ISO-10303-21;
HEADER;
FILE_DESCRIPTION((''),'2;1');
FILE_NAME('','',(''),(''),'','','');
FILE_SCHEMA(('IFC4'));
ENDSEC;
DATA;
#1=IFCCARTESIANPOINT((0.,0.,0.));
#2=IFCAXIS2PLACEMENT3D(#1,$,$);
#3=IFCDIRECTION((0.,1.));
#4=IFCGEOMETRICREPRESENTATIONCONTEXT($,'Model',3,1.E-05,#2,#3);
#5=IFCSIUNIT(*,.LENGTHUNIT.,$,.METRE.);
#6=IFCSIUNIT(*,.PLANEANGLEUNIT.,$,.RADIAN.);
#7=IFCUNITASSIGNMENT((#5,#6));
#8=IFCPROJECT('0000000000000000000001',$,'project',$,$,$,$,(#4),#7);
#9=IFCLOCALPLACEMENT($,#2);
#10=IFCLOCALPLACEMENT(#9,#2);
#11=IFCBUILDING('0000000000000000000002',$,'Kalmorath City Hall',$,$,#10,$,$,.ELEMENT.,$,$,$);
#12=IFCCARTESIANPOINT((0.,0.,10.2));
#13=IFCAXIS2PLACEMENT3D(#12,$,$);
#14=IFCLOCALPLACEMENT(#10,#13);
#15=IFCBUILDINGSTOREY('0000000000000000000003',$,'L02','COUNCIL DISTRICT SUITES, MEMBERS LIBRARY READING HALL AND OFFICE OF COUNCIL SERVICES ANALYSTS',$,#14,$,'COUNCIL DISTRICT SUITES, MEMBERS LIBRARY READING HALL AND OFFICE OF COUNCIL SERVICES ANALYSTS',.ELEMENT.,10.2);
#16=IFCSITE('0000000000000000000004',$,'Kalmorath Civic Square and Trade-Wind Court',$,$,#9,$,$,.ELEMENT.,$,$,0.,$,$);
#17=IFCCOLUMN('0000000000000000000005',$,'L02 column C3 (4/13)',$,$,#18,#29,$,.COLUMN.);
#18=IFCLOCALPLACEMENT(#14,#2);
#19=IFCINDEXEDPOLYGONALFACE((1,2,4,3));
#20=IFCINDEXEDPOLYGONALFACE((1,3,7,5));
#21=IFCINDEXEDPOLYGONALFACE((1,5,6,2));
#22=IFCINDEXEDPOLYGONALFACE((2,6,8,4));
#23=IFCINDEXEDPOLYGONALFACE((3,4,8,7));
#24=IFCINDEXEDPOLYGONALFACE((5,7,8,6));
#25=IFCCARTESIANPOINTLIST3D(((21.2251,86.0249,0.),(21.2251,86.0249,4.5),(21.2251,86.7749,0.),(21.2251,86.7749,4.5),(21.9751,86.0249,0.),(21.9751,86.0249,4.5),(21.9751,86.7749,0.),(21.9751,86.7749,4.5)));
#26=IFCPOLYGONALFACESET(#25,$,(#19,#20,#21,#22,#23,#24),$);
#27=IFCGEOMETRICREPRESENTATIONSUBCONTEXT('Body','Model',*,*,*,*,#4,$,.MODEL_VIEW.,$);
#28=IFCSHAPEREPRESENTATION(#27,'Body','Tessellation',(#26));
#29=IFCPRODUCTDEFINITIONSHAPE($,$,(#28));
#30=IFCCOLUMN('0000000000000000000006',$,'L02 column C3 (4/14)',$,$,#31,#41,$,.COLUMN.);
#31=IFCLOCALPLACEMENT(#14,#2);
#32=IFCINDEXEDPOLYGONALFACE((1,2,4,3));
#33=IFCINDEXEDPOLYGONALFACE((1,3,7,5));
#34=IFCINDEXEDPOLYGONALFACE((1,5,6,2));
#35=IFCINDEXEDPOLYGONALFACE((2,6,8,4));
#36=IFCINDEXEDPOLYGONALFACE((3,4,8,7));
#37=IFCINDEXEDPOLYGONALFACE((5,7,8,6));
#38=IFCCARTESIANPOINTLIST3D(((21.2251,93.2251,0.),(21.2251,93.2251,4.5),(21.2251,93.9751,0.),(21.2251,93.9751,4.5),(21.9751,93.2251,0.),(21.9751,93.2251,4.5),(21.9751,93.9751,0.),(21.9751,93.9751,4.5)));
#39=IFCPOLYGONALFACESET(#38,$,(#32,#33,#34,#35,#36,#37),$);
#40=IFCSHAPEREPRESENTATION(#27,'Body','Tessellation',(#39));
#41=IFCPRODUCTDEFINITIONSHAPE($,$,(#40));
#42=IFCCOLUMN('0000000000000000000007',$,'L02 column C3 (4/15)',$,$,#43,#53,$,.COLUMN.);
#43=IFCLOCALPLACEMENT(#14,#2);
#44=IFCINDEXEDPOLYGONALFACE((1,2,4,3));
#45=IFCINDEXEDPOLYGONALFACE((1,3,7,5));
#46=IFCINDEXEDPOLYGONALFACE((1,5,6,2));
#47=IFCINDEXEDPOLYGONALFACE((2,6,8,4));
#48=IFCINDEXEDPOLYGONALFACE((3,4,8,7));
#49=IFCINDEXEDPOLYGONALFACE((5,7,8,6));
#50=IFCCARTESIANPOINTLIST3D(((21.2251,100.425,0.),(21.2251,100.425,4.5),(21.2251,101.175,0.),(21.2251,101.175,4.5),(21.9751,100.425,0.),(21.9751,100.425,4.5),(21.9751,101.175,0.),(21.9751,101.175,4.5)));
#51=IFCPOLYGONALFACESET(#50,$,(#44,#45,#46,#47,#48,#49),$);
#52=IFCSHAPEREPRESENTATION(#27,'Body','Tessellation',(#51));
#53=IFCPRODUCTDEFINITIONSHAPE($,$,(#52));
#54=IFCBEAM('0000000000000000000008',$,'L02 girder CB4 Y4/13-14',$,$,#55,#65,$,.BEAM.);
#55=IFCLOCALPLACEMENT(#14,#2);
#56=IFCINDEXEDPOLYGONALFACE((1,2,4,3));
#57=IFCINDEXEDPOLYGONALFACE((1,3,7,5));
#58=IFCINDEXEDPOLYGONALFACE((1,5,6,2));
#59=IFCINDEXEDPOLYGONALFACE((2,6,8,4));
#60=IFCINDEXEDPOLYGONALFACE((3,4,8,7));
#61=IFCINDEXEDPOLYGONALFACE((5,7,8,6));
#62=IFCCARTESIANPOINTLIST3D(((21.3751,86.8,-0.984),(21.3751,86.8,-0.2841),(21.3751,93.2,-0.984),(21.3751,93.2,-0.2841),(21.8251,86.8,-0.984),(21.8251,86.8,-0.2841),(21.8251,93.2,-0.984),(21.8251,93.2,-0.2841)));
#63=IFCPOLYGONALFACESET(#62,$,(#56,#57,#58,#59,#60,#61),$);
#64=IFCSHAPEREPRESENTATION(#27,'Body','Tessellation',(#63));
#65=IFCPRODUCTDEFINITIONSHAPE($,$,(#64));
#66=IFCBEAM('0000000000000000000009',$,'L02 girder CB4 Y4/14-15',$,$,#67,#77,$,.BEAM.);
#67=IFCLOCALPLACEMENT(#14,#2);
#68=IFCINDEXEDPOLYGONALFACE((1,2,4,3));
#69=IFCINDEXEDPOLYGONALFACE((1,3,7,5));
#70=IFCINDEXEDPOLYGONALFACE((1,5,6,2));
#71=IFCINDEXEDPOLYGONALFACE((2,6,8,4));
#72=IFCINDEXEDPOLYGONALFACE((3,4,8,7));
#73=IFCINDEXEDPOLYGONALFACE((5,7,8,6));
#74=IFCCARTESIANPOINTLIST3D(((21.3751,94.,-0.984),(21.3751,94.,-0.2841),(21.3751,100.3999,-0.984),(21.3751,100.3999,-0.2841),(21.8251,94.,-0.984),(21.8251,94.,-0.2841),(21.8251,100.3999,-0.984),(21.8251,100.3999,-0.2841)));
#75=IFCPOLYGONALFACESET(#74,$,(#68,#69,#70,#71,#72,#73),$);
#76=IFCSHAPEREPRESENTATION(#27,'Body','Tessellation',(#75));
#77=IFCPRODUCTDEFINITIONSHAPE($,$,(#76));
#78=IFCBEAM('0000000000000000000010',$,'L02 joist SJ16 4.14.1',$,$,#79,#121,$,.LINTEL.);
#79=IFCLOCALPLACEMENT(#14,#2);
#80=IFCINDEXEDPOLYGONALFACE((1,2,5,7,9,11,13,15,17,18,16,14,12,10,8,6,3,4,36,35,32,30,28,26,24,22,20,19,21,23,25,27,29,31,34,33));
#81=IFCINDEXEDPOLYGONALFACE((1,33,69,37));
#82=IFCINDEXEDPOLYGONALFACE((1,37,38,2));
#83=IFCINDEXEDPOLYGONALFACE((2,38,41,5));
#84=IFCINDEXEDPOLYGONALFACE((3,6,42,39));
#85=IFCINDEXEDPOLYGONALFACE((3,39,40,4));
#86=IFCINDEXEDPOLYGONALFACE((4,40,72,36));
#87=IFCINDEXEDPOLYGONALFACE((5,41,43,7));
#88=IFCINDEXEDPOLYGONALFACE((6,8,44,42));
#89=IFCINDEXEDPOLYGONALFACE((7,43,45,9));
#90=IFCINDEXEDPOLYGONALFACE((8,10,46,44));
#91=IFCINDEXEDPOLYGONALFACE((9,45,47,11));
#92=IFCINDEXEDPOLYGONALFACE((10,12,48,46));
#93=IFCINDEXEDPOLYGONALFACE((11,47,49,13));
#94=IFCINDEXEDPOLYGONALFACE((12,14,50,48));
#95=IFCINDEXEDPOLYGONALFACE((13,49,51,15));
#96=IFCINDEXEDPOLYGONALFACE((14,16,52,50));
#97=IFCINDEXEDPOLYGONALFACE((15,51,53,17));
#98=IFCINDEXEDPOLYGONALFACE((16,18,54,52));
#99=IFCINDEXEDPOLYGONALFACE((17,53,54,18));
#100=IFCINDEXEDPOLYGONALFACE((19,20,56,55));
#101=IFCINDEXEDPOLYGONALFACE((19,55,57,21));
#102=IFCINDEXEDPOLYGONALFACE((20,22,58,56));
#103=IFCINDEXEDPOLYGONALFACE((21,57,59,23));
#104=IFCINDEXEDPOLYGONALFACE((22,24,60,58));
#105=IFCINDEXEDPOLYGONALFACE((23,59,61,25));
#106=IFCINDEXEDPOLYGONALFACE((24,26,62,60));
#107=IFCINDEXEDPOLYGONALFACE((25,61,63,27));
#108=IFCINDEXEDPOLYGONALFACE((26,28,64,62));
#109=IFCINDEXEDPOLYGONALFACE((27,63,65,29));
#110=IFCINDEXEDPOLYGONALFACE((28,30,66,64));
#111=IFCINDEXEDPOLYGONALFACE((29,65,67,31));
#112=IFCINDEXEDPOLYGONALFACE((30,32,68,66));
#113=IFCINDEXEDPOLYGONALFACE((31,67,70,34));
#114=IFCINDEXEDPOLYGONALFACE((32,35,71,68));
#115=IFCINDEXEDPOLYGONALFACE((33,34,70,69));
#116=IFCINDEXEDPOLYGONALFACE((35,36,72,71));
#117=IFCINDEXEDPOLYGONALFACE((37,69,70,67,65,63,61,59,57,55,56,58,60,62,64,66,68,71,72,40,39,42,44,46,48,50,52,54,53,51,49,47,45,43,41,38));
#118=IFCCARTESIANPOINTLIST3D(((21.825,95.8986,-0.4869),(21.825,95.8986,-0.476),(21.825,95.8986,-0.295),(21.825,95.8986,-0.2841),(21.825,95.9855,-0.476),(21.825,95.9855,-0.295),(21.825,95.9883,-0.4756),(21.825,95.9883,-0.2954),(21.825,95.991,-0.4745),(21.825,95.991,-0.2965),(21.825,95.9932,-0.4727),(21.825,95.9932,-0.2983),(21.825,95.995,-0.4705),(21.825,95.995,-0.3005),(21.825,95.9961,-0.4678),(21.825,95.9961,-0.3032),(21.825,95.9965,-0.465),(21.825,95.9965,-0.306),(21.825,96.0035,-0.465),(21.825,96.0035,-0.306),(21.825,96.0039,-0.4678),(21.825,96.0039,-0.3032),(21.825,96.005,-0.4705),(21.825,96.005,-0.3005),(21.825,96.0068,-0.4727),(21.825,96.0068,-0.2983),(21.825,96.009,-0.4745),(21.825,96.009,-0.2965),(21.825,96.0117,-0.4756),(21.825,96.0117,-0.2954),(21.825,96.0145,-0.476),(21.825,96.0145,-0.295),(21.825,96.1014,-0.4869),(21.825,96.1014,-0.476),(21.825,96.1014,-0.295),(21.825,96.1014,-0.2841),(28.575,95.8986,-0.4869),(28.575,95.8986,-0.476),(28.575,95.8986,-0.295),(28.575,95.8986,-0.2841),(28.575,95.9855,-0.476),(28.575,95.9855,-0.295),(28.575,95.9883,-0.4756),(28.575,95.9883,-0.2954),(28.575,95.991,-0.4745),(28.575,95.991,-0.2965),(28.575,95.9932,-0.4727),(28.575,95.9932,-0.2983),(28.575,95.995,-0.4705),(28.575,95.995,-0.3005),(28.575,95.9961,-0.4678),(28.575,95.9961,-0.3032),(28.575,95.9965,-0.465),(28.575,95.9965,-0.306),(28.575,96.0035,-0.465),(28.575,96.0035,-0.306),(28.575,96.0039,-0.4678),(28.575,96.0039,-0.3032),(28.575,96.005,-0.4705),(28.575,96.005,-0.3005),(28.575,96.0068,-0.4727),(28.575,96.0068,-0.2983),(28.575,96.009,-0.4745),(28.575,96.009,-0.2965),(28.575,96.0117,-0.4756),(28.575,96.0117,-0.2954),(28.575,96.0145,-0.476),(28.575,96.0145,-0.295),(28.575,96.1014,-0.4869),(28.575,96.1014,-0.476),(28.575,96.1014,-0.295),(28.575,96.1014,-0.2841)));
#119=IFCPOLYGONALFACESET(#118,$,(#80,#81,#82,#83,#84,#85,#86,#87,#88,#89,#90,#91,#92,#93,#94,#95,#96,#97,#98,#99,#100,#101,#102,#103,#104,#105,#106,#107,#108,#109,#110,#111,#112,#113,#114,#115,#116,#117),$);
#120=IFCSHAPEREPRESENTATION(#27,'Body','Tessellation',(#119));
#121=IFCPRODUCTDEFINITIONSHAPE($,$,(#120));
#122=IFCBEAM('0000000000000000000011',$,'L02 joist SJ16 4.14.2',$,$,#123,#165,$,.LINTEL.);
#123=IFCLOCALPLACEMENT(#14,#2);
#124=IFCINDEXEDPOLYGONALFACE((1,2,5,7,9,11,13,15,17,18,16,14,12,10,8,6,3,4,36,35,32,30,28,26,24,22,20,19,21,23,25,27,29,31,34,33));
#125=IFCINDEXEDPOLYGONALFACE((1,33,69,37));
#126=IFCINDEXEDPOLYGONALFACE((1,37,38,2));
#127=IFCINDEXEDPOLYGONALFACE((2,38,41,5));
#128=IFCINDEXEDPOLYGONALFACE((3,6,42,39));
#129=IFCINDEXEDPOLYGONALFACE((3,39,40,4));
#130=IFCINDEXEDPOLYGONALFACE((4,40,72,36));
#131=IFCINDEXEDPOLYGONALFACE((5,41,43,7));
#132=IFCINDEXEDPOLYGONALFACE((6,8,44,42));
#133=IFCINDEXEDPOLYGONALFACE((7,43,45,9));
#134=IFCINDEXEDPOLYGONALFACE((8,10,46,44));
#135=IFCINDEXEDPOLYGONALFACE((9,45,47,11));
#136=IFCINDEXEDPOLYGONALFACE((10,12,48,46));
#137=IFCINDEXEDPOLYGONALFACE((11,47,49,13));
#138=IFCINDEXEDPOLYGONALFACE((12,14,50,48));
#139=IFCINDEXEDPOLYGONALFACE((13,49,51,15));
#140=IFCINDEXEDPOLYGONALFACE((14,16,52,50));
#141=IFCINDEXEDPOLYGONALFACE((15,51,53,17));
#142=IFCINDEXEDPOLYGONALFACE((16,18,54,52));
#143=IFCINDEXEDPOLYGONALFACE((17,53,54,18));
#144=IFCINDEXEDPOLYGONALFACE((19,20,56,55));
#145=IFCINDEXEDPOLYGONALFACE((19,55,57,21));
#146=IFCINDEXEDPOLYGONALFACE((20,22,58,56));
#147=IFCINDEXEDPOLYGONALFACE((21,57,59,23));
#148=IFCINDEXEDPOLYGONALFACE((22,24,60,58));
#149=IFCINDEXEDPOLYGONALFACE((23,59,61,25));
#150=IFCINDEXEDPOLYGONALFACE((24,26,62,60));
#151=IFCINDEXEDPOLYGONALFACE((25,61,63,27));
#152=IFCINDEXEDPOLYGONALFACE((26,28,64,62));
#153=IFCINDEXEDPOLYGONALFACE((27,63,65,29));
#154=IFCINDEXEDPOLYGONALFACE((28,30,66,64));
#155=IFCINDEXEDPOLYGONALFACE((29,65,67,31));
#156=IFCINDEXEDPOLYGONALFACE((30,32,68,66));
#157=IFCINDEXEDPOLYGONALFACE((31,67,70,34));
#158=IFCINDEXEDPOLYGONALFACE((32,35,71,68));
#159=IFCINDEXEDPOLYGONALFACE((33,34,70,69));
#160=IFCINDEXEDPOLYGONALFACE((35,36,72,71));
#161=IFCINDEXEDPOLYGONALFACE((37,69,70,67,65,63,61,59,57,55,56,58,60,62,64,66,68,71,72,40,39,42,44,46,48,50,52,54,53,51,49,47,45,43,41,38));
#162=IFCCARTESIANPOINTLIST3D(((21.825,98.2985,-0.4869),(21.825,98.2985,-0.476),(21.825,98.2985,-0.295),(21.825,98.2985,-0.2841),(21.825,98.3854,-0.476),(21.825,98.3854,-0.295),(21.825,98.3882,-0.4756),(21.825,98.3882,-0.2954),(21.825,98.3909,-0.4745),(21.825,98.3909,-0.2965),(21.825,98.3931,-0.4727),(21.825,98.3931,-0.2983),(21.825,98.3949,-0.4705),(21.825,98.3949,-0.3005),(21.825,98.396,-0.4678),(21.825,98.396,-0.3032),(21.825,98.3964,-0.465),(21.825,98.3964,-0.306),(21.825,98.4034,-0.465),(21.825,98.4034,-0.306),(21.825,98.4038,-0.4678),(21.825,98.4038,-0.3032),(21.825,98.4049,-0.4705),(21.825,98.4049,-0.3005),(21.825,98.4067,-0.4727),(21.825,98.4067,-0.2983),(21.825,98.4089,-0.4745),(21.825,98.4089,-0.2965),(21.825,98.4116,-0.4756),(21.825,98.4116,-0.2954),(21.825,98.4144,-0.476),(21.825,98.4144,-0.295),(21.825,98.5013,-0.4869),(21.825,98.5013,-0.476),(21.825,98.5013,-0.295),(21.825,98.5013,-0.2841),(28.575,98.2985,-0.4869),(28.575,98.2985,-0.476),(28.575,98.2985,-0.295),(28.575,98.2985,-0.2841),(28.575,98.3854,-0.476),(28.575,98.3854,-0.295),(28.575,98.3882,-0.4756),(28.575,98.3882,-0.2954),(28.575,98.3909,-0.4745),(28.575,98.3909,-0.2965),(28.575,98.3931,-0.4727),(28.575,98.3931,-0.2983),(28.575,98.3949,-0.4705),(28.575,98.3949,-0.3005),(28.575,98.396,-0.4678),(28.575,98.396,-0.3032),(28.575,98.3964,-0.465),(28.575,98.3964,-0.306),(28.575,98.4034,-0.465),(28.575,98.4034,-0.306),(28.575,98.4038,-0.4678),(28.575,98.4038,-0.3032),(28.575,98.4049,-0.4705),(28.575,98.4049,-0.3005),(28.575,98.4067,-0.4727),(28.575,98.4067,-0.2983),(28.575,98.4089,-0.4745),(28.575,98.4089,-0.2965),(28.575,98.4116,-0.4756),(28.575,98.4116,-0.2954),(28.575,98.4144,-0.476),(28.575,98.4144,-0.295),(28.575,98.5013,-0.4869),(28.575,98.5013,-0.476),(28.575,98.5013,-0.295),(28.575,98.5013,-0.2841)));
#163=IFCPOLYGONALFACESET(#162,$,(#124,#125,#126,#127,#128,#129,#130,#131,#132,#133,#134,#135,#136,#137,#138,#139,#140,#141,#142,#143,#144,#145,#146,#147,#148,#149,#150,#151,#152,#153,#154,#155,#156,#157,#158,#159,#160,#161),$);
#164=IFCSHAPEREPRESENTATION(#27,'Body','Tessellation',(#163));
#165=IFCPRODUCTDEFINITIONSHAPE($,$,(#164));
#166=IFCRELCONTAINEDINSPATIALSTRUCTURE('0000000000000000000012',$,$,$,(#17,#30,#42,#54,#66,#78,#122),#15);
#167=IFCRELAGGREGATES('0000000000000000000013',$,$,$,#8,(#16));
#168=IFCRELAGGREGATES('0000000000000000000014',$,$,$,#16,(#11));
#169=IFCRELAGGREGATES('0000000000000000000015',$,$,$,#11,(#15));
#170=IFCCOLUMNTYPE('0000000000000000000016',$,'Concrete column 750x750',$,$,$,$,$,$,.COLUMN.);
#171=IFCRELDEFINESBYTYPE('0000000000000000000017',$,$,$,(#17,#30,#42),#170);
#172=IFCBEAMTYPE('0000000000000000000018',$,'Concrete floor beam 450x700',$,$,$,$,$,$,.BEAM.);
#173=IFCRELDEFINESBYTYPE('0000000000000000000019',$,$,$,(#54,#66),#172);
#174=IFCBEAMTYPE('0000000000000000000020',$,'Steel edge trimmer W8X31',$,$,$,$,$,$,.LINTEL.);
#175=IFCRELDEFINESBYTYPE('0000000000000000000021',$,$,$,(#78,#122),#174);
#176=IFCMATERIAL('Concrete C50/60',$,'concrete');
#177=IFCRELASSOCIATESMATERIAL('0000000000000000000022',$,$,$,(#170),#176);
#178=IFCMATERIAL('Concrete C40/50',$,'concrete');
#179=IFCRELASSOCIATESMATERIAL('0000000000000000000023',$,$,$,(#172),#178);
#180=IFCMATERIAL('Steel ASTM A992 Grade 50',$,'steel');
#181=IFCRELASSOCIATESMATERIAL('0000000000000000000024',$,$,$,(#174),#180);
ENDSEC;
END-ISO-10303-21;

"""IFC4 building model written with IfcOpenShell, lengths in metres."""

from ifc_helpers import new_model, si_unit, direction, frame, origin, origin_2d, place, context, subcontext, project, spatial, rectangle, i_section, extrude, material, material_profile, profile_set, type_object, element, save


model = new_model("IFC4")

# Units and contexts
model_context = context("Model", 3, precision=1e-05, world=origin(), true_north=direction((0.0, 1.0)))
body_context = subcontext(model_context, "Body", "Model", "MODEL_VIEW")
ifc_project = project(units=[si_unit("LENGTHUNIT", "METRE"), si_unit("PLANEANGLEUNIT", "RADIAN")], contexts=[model_context])

# Site, building, storey
site_placement = place(None, origin())
site = spatial("IfcSite", under=ifc_project, at=site_placement, Name="Kalmorath Civic Square and Trade-Wind Court", CompositionType="ELEMENT", RefElevation=0.0)
building_placement = place(site_placement, origin())
building = spatial("IfcBuilding", under=site, at=building_placement, Name="Kalmorath City Hall", CompositionType="ELEMENT")
storey_placement = place(building_placement, frame((0.0, 0.0, 10.2)))
storey = spatial("IfcBuildingStorey", under=building, at=storey_placement, Name="L02", Description="COUNCIL DISTRICT SUITES, MEMBERS LIBRARY READING HALL AND OFFICE OF COUNCIL SERVICES ANALYSTS", LongName="COUNCIL DISTRICT SUITES, MEMBERS LIBRARY READING HALL AND OFFICE OF COUNCIL SERVICES ANALYSTS", CompositionType="ELEMENT", Elevation=10.2)

# Columns
ifc_material_1 = material(Name="Concrete C50/60", Category="concrete")
ifc_material_profile_1 = material_profile(ifc_material_1, rectangle(XDim=0.75, YDim=0.75, at=origin_2d()), Name="RC-COL-750X750")
ifc_profile_set_1 = profile_set([ifc_material_profile_1], Name="Concrete C50/60")
column_type = type_object("IfcColumnType", Name="Concrete column 750x750", PredefinedType="COLUMN", material=ifc_profile_set_1)
for number, where, z_axis, x_axis, name in (
    (1, (21.6001, 86.3999, 0.0), (0.0, 0.0, 1.0), (1.0, 0.0, 0.0), "L02 column C3 (4/13)"),
    (2, (21.6001, 93.6001, 0.0), (0.0, 0.0, 1.0), (1.0, 0.0, 0.0), "L02 column C3 (4/14)"),
    (3, (21.6001, 100.8, 0.0), (0.0, 0.0, 1.0), (1.0, 0.0, 0.0), "L02 column C3 (4/15)"),
):
    element("IfcColumn", number, at=place(storey_placement, frame(where, z_axis=z_axis, x_axis=x_axis)), inside=storey, type_object=column_type, Name=name, PredefinedType="COLUMN", context=body_context, shape_type="SweptSolid", body=[
        extrude(rectangle(XDim=0.75, YDim=0.75, at=origin_2d()), origin(), (0.0, 0.0, 1.0), 4.5),
    ])

# Beams
ifc_material_2 = material(Name="Concrete C40/50", Category="concrete")
ifc_material_profile_2 = material_profile(ifc_material_2, rectangle(XDim=0.45, YDim=0.7, at=origin_2d()), Name="RC-BM-450X700")
ifc_profile_set_2 = profile_set([ifc_material_profile_2], Name="Concrete C40/50")
beam_type_1 = type_object("IfcBeamType", Name="Concrete floor beam 450x700", PredefinedType="BEAM", material=ifc_profile_set_2)
for number, where, z_axis, x_axis, name in (
    (4, (21.6001, 86.8, -0.634), (0.0, 1.0, 0.0), (-1.0, 0.0, 0.0), "L02 girder CB4 Y4/13-14"),
    (5, (21.6001, 94.0, -0.634), (0.0, 1.0, 0.0), (-1.0, 0.0, 0.0), "L02 girder CB4 Y4/14-15"),
):
    element("IfcBeam", number, at=place(storey_placement, frame(where, z_axis=z_axis, x_axis=x_axis)), inside=storey, type_object=beam_type_1, Name=name, PredefinedType="BEAM", context=body_context, shape_type="SweptSolid", body=[
        extrude(rectangle(XDim=0.45, YDim=0.7, at=origin_2d()), origin(), (0.0, 0.0, 1.0), 6.3999),
    ])
ifc_material_3 = material(Name="Steel ASTM A992 Grade 50", Category="steel")
ifc_material_profile_3 = material_profile(ifc_material_3, i_section(OverallWidth=0.2029, OverallDepth=0.2029, WebThickness=0.0071, FlangeThickness=0.011, FilletRadius=0.011, at=origin_2d()), Name="W8X31")
ifc_profile_set_3 = profile_set([ifc_material_profile_3], Name="Steel ASTM A992 Grade 50")
beam_type_2 = type_object("IfcBeamType", Name="Steel edge trimmer W8X31", PredefinedType="LINTEL", material=ifc_profile_set_3)
for number, where, z_axis, x_axis, name in (
    (6, (21.825, 96.0, -0.3855), (1.0, 0.0, 0.0), (0.0, 1.0, 0.0), "L02 joist SJ16 4.14.1"),
    (7, (21.825, 98.3999, -0.3855), (1.0, 0.0, 0.0), (0.0, 1.0, 0.0), "L02 joist SJ16 4.14.2"),
):
    element("IfcBeam", number, at=place(storey_placement, frame(where, z_axis=z_axis, x_axis=x_axis)), inside=storey, type_object=beam_type_2, Name=name, PredefinedType="LINTEL", context=body_context, shape_type="SweptSolid", body=[
        extrude(i_section(OverallWidth=0.2029, OverallDepth=0.2029, WebThickness=0.0071, FlangeThickness=0.011, FilletRadius=0.011, at=origin_2d()), origin(), (0.0, 0.0, 1.0), 6.75),
    ])

save(model, "model.ifc")
